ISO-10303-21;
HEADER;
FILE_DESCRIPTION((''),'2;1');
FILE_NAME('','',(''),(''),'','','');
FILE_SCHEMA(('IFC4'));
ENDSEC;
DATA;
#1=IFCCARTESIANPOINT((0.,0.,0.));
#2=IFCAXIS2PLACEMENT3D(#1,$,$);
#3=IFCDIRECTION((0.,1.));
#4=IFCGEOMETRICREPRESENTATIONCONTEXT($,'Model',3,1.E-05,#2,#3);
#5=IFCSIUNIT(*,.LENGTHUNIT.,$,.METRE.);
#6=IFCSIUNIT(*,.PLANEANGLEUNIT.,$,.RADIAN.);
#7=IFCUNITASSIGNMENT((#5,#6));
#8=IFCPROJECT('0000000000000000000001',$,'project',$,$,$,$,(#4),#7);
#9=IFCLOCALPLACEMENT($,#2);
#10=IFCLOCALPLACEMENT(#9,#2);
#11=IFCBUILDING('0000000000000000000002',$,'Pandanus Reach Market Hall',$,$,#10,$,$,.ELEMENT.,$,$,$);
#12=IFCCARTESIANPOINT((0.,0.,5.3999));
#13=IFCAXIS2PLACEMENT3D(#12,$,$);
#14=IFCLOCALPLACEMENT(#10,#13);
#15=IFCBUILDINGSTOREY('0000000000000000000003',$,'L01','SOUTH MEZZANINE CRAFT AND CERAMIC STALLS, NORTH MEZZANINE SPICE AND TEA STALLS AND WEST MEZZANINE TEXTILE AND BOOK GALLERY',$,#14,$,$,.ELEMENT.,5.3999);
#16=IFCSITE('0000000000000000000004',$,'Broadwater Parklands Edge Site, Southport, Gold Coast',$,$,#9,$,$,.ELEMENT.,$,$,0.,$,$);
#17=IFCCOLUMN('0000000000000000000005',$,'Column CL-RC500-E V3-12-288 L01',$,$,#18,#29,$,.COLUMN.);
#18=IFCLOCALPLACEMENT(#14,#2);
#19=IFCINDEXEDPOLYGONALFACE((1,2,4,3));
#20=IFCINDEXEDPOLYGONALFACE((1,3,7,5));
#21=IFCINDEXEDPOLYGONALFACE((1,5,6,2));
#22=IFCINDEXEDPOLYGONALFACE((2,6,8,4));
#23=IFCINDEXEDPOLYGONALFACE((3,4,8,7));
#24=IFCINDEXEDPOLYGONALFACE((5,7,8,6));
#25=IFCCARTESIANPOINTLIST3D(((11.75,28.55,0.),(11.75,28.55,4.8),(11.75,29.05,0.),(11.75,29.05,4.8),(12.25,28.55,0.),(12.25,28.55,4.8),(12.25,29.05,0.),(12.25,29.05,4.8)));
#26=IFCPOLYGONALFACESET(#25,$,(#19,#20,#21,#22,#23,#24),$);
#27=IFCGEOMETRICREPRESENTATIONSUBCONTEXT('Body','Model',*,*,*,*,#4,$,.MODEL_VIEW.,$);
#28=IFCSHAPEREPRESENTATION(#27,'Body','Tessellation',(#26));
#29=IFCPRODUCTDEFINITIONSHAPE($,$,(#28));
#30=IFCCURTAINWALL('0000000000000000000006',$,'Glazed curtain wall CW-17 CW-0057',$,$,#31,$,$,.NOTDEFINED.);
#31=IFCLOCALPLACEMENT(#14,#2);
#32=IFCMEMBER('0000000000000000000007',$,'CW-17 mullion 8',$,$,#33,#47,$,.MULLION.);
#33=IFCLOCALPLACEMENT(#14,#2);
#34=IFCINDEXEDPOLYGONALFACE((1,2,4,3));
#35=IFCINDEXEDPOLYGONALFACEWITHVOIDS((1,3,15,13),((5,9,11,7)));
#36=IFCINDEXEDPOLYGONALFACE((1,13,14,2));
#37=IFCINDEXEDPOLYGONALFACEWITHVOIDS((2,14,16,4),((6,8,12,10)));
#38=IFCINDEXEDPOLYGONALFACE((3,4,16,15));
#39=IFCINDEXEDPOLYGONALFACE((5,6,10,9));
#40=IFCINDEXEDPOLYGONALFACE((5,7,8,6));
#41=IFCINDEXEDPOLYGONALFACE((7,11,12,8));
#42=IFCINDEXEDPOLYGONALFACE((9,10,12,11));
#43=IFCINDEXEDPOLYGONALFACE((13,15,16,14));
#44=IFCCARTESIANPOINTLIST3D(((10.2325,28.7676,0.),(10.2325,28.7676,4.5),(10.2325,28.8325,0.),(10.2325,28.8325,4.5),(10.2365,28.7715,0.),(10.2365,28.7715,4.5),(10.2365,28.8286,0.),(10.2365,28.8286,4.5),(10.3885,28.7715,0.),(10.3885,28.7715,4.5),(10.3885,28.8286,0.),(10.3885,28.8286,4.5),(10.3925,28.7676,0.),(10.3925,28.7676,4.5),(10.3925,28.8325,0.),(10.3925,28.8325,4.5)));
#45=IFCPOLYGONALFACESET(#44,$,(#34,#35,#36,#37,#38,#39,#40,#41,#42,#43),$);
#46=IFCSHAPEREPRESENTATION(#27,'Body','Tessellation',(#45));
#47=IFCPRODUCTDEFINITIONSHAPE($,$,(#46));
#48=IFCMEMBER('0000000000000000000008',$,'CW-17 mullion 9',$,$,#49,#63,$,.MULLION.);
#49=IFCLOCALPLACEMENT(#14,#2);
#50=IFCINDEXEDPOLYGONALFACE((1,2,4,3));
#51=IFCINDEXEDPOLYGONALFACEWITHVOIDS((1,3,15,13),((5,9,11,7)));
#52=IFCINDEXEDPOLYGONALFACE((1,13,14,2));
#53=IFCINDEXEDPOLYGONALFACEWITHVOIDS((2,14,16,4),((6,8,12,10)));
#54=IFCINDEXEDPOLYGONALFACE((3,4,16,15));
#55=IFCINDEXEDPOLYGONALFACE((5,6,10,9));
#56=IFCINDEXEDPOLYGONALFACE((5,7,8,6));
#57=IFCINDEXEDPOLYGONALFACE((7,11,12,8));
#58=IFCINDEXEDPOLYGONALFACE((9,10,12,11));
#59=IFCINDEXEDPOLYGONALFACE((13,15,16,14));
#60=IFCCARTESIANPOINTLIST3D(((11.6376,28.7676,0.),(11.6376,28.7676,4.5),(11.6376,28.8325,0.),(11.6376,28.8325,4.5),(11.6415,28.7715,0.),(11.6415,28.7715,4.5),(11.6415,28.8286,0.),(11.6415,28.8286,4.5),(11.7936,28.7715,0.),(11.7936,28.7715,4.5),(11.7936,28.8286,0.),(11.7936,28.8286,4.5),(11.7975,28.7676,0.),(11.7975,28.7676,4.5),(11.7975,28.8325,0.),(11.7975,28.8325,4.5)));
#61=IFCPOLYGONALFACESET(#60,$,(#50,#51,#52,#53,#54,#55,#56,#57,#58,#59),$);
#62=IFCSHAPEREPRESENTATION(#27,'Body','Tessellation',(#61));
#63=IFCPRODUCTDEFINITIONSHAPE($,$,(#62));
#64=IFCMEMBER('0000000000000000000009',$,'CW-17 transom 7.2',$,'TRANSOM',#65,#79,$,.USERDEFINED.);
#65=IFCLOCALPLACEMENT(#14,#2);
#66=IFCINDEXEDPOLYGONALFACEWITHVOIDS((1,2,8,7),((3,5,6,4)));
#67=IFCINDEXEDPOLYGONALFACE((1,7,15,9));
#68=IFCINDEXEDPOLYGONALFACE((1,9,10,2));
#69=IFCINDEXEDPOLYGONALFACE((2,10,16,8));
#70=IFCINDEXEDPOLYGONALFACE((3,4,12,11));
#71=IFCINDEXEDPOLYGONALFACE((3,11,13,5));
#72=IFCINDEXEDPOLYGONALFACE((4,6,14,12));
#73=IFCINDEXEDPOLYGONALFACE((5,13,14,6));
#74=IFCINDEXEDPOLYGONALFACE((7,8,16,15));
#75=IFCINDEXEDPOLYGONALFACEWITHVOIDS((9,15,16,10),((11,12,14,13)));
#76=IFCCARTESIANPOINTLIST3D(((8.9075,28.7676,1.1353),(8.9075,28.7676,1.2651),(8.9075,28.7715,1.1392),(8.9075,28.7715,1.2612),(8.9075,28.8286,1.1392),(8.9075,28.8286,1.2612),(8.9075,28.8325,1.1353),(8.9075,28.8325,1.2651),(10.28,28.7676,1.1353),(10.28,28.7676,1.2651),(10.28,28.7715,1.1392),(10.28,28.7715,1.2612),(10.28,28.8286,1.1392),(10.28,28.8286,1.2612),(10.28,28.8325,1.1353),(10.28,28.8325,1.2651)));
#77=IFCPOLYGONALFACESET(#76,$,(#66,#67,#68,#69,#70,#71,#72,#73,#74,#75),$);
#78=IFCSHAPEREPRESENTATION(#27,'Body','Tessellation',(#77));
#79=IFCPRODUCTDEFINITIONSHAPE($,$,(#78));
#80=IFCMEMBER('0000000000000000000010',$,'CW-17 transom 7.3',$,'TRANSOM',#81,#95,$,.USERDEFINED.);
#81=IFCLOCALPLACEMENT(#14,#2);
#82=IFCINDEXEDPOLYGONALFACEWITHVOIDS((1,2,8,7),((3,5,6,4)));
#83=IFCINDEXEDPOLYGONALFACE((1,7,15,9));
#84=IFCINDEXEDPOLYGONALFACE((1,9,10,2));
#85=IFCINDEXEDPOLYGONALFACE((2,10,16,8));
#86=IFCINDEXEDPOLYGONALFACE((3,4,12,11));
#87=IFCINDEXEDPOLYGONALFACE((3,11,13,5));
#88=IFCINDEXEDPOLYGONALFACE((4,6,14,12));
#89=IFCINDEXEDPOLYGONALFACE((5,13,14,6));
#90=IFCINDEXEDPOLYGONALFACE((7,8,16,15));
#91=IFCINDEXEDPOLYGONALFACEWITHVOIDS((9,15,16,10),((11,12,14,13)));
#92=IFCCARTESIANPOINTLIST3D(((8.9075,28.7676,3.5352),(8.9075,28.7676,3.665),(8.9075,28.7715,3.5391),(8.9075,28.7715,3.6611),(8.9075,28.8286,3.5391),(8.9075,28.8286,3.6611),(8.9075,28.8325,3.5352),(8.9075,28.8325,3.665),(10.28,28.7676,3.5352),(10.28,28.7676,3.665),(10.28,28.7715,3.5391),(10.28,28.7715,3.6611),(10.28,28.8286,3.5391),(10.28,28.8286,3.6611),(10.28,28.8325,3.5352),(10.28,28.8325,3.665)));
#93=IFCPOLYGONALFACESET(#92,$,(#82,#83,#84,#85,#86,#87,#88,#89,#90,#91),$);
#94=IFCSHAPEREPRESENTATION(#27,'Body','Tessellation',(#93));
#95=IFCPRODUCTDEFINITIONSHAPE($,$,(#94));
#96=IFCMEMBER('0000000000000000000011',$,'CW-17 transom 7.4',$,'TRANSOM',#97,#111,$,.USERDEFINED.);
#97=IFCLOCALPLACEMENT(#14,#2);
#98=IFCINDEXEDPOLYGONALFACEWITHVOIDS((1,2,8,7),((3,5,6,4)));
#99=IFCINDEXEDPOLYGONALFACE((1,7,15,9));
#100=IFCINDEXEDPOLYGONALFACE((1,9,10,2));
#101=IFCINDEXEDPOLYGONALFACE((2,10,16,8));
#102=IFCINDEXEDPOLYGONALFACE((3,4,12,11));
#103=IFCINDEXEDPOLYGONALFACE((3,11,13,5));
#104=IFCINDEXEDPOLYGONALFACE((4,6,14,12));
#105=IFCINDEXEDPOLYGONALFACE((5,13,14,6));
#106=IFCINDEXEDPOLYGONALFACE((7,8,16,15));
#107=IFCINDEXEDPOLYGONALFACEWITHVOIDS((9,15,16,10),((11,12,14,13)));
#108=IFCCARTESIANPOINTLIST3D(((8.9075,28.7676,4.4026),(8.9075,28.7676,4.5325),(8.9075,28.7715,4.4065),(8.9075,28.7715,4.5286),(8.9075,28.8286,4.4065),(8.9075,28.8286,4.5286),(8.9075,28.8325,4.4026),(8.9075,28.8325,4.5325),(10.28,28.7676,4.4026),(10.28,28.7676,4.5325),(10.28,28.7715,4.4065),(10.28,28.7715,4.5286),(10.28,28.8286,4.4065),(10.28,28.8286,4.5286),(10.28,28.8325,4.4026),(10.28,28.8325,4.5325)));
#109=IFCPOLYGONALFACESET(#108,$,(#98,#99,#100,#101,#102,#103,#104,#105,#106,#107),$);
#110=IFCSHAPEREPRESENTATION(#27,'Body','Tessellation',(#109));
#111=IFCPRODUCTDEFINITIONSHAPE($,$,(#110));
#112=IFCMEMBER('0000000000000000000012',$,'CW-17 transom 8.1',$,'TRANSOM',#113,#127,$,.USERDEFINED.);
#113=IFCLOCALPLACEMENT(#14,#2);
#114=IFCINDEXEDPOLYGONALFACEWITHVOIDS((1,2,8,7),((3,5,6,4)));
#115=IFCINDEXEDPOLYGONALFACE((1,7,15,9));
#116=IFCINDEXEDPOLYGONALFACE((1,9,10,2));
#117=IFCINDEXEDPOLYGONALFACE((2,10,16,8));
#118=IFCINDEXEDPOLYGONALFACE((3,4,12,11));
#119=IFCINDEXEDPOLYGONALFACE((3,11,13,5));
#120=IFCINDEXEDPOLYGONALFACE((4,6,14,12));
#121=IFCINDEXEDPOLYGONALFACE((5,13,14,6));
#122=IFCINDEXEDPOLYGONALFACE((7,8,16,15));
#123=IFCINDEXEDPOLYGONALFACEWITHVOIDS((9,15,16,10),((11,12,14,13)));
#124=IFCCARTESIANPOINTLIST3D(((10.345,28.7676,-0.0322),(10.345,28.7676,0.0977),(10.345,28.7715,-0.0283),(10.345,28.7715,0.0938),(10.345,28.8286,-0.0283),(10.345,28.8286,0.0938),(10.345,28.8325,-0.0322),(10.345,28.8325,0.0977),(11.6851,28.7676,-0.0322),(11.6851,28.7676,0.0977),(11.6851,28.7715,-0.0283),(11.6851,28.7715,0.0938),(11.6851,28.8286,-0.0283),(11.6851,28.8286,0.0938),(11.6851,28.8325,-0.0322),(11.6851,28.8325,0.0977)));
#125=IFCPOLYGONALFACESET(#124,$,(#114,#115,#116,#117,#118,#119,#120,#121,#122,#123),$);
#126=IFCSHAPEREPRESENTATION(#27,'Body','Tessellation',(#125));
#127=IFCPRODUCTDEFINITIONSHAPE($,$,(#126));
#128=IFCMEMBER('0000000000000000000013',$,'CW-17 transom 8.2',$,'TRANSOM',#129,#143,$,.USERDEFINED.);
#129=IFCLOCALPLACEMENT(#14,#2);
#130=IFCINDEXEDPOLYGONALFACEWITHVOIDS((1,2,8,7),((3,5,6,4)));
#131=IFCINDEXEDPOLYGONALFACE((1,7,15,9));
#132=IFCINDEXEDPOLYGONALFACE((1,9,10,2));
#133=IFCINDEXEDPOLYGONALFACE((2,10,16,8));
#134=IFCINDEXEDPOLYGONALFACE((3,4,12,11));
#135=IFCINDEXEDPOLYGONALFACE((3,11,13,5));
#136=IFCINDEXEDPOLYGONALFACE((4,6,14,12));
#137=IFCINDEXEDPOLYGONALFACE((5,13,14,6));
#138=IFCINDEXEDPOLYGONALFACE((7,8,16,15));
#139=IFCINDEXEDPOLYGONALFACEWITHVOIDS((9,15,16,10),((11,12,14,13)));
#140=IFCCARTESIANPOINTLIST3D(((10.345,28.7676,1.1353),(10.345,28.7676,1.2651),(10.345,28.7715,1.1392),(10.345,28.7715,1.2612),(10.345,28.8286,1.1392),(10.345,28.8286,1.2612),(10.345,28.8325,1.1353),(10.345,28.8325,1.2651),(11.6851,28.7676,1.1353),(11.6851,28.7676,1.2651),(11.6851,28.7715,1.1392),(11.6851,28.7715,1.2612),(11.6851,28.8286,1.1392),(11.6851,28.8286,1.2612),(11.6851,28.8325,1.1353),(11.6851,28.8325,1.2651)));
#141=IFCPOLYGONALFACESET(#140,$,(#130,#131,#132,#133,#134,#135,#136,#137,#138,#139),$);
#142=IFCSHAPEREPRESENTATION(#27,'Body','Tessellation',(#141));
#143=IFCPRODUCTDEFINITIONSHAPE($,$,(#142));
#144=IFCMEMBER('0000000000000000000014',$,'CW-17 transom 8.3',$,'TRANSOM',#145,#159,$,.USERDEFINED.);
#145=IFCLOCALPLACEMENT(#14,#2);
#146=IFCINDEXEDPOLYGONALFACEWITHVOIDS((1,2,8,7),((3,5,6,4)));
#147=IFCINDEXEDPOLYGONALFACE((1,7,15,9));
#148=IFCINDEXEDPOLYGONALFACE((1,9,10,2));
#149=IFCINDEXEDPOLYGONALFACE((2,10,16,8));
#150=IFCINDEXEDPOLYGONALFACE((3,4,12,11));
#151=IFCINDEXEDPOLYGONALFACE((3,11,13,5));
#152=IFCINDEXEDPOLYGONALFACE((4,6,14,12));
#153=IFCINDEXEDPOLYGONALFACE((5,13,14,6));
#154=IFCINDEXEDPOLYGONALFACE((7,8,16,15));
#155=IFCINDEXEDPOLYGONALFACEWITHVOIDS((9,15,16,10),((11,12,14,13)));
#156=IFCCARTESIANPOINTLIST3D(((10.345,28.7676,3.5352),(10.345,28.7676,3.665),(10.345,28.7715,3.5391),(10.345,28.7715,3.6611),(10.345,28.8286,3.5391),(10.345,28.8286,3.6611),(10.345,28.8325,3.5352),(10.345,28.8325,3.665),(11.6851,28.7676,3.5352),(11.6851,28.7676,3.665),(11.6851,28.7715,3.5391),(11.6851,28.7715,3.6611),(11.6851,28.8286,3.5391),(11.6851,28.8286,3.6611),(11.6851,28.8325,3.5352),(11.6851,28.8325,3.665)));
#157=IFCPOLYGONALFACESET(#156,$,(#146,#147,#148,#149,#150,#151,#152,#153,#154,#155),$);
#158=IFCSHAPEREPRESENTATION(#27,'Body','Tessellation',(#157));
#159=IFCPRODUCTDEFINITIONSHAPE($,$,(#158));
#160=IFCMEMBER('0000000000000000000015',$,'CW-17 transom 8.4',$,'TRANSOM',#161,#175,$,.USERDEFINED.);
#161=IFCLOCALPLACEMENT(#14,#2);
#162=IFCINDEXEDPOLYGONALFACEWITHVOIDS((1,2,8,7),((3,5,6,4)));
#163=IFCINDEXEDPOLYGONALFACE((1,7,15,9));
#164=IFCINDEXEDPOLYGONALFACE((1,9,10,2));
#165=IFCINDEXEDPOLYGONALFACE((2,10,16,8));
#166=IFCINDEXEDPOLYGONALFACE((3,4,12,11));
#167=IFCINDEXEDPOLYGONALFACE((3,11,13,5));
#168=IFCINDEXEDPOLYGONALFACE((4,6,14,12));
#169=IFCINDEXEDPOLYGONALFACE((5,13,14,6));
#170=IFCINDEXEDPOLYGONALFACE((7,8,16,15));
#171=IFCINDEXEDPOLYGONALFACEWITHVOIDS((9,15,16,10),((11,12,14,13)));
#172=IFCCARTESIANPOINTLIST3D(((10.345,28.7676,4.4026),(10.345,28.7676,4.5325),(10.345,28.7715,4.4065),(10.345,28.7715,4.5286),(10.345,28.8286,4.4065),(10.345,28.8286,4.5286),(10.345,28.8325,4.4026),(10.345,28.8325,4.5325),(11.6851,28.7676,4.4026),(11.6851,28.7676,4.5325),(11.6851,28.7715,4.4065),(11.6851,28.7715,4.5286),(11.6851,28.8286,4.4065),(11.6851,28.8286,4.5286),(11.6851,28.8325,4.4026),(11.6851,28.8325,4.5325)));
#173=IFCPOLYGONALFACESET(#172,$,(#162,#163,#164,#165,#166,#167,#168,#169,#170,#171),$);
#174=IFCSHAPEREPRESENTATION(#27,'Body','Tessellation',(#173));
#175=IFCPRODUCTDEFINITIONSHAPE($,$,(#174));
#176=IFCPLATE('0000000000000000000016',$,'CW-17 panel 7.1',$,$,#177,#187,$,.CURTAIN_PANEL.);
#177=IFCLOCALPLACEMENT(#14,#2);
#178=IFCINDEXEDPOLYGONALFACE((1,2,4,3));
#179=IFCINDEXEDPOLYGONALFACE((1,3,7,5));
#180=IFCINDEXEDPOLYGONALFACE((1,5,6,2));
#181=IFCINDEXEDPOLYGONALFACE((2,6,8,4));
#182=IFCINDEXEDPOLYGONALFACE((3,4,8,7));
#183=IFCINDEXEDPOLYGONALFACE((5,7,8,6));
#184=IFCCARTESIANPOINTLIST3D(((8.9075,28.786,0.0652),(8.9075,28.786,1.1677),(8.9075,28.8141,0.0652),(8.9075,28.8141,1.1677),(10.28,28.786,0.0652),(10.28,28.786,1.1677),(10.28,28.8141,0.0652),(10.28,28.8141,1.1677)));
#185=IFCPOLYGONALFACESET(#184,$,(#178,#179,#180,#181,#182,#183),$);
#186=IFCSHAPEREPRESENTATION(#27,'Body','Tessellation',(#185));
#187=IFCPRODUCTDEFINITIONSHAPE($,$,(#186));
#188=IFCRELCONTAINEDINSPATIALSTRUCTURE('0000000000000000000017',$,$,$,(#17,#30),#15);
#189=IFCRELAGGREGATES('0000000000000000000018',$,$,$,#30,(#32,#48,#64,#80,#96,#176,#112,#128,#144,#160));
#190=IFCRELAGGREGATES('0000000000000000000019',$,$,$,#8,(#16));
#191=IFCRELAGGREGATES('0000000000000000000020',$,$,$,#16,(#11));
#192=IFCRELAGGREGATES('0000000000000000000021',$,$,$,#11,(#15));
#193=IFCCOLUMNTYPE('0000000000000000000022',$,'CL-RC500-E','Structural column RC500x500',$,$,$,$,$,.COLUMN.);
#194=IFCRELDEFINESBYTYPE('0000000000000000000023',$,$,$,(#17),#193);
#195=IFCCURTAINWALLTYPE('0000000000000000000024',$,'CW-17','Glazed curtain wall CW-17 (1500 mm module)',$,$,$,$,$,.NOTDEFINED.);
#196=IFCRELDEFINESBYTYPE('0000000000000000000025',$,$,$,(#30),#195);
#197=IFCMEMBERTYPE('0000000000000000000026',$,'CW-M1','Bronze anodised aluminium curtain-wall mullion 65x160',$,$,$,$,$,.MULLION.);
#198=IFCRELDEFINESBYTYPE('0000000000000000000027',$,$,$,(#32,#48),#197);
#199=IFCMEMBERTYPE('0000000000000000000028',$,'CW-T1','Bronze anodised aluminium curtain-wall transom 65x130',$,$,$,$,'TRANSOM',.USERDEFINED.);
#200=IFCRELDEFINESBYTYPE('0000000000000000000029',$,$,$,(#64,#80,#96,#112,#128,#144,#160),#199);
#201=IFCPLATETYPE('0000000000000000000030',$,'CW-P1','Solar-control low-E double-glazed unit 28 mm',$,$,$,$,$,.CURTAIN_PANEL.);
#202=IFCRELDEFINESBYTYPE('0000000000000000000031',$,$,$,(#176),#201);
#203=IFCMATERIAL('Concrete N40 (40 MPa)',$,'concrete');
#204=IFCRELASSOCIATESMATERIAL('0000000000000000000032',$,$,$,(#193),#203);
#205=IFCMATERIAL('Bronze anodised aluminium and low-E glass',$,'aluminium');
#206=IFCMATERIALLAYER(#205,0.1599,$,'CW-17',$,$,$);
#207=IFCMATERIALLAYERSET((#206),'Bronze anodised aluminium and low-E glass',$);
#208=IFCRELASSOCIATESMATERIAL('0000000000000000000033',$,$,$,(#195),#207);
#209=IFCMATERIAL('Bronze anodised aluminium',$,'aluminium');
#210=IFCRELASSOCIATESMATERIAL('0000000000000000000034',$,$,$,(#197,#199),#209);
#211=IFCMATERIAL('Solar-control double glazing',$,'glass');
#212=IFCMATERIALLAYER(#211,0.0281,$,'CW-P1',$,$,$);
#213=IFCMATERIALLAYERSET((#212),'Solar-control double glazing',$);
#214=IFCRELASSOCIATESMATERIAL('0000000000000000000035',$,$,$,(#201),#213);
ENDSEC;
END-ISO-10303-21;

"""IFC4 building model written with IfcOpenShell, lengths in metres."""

from ifc_helpers import new_model, si_unit, direction, frame, origin, origin_2d, place, context, subcontext, project, spatial, rectangle, hollow_rectangle, extrude, material, layer, layer_set, material_profile, profile_set, type_object, element, aggregate, save


model = new_model("IFC4")

# Units and contexts
model_context = context("Model", 3, precision=1e-05, world=origin(), true_north=direction((0.0, 1.0)))
body_context = subcontext(model_context, "Body", "Model", "MODEL_VIEW")
ifc_project = project(units=[si_unit("LENGTHUNIT", "METRE"), si_unit("PLANEANGLEUNIT", "RADIAN")], contexts=[model_context])

# Site, building, storey
site_placement = place(None, origin())
site = spatial("IfcSite", under=ifc_project, at=site_placement, Name="Broadwater Parklands Edge Site, Southport, Gold Coast", CompositionType="ELEMENT", RefElevation=0.0)
building_placement = place(site_placement, origin())
building = spatial("IfcBuilding", under=site, at=building_placement, Name="Pandanus Reach Market Hall", CompositionType="ELEMENT")
storey_placement = place(building_placement, frame((0.0, 0.0, 5.3999)))
storey = spatial("IfcBuildingStorey", under=building, at=storey_placement, Name="L01", Description="SOUTH MEZZANINE CRAFT AND CERAMIC STALLS, NORTH MEZZANINE SPICE AND TEA STALLS AND WEST MEZZANINE TEXTILE AND BOOK GALLERY", CompositionType="ELEMENT", Elevation=5.3999)

# Column
ifc_material_1 = material(Name="Concrete N40 (40 MPa)", Category="concrete")
ifc_material_profile_1 = material_profile(ifc_material_1, rectangle(XDim=0.5, YDim=0.5, at=origin_2d()), Name="RC500x500", Category="LoadBearing")
ifc_profile_set_1 = profile_set([ifc_material_profile_1], Name="Concrete N40 (40 MPa)")
column_type = type_object("IfcColumnType", Name="CL-RC500-E", Description="Structural column RC500x500", PredefinedType="COLUMN", material=ifc_profile_set_1)
column_placement = place(storey_placement, frame((12.0, 28.8, 0.0), z_axis=(0.0, 0.0, 1.0), x_axis=(1.0, 0.0, 0.0)))
element("IfcColumn", 1, at=column_placement, inside=storey, type_object=column_type, Name="Column CL-RC500-E V3-12-288 L01", PredefinedType="COLUMN", context=body_context, shape_type="SweptSolid", body=[
    extrude(rectangle(XDim=0.5, YDim=0.5, at=origin_2d()), origin(), (0.0, 0.0, 1.0), 4.8),
])

# Curtain wall, members, plate
ifc_material_2 = material(Name="Bronze anodised aluminium and low-E glass", Category="aluminium")
ifc_layer_1 = layer(ifc_material_2, 0.1599, Name="CW-17")
ifc_layer_set_1 = layer_set([ifc_layer_1], Name="Bronze anodised aluminium and low-E glass")
curtain_wall_type = type_object("IfcCurtainWallType", Name="CW-17", Description="Glazed curtain wall CW-17 (1500 mm module)", PredefinedType="NOTDEFINED", material=ifc_layer_set_1)
curtain_wall_placement = place(storey_placement, origin())
curtain_wall = element("IfcCurtainWall", 2, at=curtain_wall_placement, inside=storey, type_object=curtain_wall_type, Name="Glazed curtain wall CW-17 CW-0057", PredefinedType="NOTDEFINED")
ifc_material_3 = material(Name="Bronze anodised aluminium", Category="aluminium")
ifc_material_profile_2 = material_profile(ifc_material_3, hollow_rectangle(XDim=0.0649, YDim=0.1599, WallThickness=0.0039, at=origin_2d()), Name="ALU65x160", Category="LoadBearing")
ifc_profile_set_2 = profile_set([ifc_material_profile_2], Name="Bronze anodised aluminium")
member_type_1 = type_object("IfcMemberType", Name="CW-M1", Description="Bronze anodised aluminium curtain-wall mullion 65x160", PredefinedType="MULLION", material=ifc_profile_set_2)
member_1_placement = place(storey_placement, frame((10.3125, 28.8, 0.0), z_axis=(0.0, 0.0, 1.0), x_axis=(0.0, 1.0, 0.0)))
member_1 = element("IfcMember", 3, at=member_1_placement, type_object=member_type_1, Name="CW-17 mullion 8", PredefinedType="MULLION", context=body_context, shape_type="SweptSolid", body=[
    extrude(hollow_rectangle(XDim=0.0649, YDim=0.1599, WallThickness=0.0039, at=origin_2d()), origin(), (0.0, 0.0, 1.0), 4.5),
])
member_2_placement = place(storey_placement, frame((11.7175, 28.8, 0.0), z_axis=(0.0, 0.0, 1.0), x_axis=(0.0, 1.0, 0.0)))
member_2 = element("IfcMember", 4, at=member_2_placement, type_object=member_type_1, Name="CW-17 mullion 9", PredefinedType="MULLION", context=body_context, shape_type="SweptSolid", body=[
    extrude(hollow_rectangle(XDim=0.0649, YDim=0.1599, WallThickness=0.0039, at=origin_2d()), origin(), (0.0, 0.0, 1.0), 4.5),
])
ifc_material_profile_3 = material_profile(ifc_material_3, hollow_rectangle(XDim=0.0649, YDim=0.1299, WallThickness=0.0039, at=origin_2d()), Name="ALU65x130", Category="LoadBearing")
ifc_profile_set_3 = profile_set([ifc_material_profile_3], Name="Bronze anodised aluminium")
member_type_2 = type_object("IfcMemberType", Name="CW-T1", Description="Bronze anodised aluminium curtain-wall transom 65x130", ElementType="TRANSOM", PredefinedType="USERDEFINED", material=ifc_profile_set_3)
member_3_placement = place(storey_placement, frame((8.9075, 28.8, 1.2002), z_axis=(1.0, 0.0, 0.0), x_axis=(0.0, 1.0, 0.0)))
member_3 = element("IfcMember", 5, at=member_3_placement, type_object=member_type_2, Name="CW-17 transom 7.2", ObjectType="TRANSOM", PredefinedType="USERDEFINED", context=body_context, shape_type="SweptSolid", body=[
    extrude(hollow_rectangle(XDim=0.0649, YDim=0.1299, WallThickness=0.0039, at=origin_2d()), origin(), (0.0, 0.0, 1.0), 1.3726),
])
member_4_placement = place(storey_placement, frame((8.9075, 28.8, 3.6001), z_axis=(1.0, 0.0, 0.0), x_axis=(0.0, 1.0, 0.0)))
member_4 = element("IfcMember", 6, at=member_4_placement, type_object=member_type_2, Name="CW-17 transom 7.3", ObjectType="TRANSOM", PredefinedType="USERDEFINED", context=body_context, shape_type="SweptSolid", body=[
    extrude(hollow_rectangle(XDim=0.0649, YDim=0.1299, WallThickness=0.0039, at=origin_2d()), origin(), (0.0, 0.0, 1.0), 1.3726),
])
member_5_placement = place(storey_placement, frame((8.9075, 28.8, 4.4675), z_axis=(1.0, 0.0, 0.0), x_axis=(0.0, 1.0, 0.0)))
member_5 = element("IfcMember", 7, at=member_5_placement, type_object=member_type_2, Name="CW-17 transom 7.4", ObjectType="TRANSOM", PredefinedType="USERDEFINED", context=body_context, shape_type="SweptSolid", body=[
    extrude(hollow_rectangle(XDim=0.0649, YDim=0.1299, WallThickness=0.0039, at=origin_2d()), origin(), (0.0, 0.0, 1.0), 1.3726),
])
member_6_placement = place(storey_placement, frame((10.345, 28.8, 0.0327), z_axis=(1.0, 0.0, 0.0), x_axis=(0.0, 1.0, 0.0)))
member_6 = element("IfcMember", 8, at=member_6_placement, type_object=member_type_2, Name="CW-17 transom 8.1", ObjectType="TRANSOM", PredefinedType="USERDEFINED", context=body_context, shape_type="SweptSolid", body=[
    extrude(hollow_rectangle(XDim=0.0649, YDim=0.1299, WallThickness=0.0039, at=origin_2d()), origin(), (0.0, 0.0, 1.0), 1.3401),
])
member_7_placement = place(storey_placement, frame((10.345, 28.8, 1.2002), z_axis=(1.0, 0.0, 0.0), x_axis=(0.0, 1.0, 0.0)))
member_7 = element("IfcMember", 9, at=member_7_placement, type_object=member_type_2, Name="CW-17 transom 8.2", ObjectType="TRANSOM", PredefinedType="USERDEFINED", context=body_context, shape_type="SweptSolid", body=[
    extrude(hollow_rectangle(XDim=0.0649, YDim=0.1299, WallThickness=0.0039, at=origin_2d()), origin(), (0.0, 0.0, 1.0), 1.3401),
])
member_8_placement = place(storey_placement, frame((10.345, 28.8, 3.6001), z_axis=(1.0, 0.0, 0.0), x_axis=(0.0, 1.0, 0.0)))
member_8 = element("IfcMember", 10, at=member_8_placement, type_object=member_type_2, Name="CW-17 transom 8.3", ObjectType="TRANSOM", PredefinedType="USERDEFINED", context=body_context, shape_type="SweptSolid", body=[
    extrude(hollow_rectangle(XDim=0.0649, YDim=0.1299, WallThickness=0.0039, at=origin_2d()), origin(), (0.0, 0.0, 1.0), 1.3401),
])
member_9_placement = place(storey_placement, frame((10.345, 28.8, 4.4675), z_axis=(1.0, 0.0, 0.0), x_axis=(0.0, 1.0, 0.0)))
member_9 = element("IfcMember", 11, at=member_9_placement, type_object=member_type_2, Name="CW-17 transom 8.4", ObjectType="TRANSOM", PredefinedType="USERDEFINED", context=body_context, shape_type="SweptSolid", body=[
    extrude(hollow_rectangle(XDim=0.0649, YDim=0.1299, WallThickness=0.0039, at=origin_2d()), origin(), (0.0, 0.0, 1.0), 1.3401),
])
ifc_material_4 = material(Name="Solar-control double glazing", Category="glass")
ifc_layer_2 = layer(ifc_material_4, 0.0281, Name="CW-P1")
ifc_layer_set_2 = layer_set([ifc_layer_2], Name="Solar-control double glazing")
plate_type = type_object("IfcPlateType", Name="CW-P1", Description="Solar-control low-E double-glazed unit 28 mm", PredefinedType="CURTAIN_PANEL", material=ifc_layer_set_2)
plate_1_placement = place(storey_placement, frame((9.5938, 28.8, 0.0652), z_axis=(0.0, 0.0, 1.0), x_axis=(1.0, 0.0, 0.0)))
plate_1 = element("IfcPlate", 12, at=plate_1_placement, type_object=plate_type, Name="CW-17 panel 7.1", PredefinedType="CURTAIN_PANEL", context=body_context, shape_type="SweptSolid", body=[
    extrude(rectangle(XDim=1.3726, YDim=0.0281, at=origin_2d()), origin(), (0.0, 0.0, 1.0), 1.1025),
])
aggregate(curtain_wall, [member_1, member_2, member_3, member_4, member_5, plate_1, member_6, member_7, member_8, member_9])

save(model, "model.ifc")
